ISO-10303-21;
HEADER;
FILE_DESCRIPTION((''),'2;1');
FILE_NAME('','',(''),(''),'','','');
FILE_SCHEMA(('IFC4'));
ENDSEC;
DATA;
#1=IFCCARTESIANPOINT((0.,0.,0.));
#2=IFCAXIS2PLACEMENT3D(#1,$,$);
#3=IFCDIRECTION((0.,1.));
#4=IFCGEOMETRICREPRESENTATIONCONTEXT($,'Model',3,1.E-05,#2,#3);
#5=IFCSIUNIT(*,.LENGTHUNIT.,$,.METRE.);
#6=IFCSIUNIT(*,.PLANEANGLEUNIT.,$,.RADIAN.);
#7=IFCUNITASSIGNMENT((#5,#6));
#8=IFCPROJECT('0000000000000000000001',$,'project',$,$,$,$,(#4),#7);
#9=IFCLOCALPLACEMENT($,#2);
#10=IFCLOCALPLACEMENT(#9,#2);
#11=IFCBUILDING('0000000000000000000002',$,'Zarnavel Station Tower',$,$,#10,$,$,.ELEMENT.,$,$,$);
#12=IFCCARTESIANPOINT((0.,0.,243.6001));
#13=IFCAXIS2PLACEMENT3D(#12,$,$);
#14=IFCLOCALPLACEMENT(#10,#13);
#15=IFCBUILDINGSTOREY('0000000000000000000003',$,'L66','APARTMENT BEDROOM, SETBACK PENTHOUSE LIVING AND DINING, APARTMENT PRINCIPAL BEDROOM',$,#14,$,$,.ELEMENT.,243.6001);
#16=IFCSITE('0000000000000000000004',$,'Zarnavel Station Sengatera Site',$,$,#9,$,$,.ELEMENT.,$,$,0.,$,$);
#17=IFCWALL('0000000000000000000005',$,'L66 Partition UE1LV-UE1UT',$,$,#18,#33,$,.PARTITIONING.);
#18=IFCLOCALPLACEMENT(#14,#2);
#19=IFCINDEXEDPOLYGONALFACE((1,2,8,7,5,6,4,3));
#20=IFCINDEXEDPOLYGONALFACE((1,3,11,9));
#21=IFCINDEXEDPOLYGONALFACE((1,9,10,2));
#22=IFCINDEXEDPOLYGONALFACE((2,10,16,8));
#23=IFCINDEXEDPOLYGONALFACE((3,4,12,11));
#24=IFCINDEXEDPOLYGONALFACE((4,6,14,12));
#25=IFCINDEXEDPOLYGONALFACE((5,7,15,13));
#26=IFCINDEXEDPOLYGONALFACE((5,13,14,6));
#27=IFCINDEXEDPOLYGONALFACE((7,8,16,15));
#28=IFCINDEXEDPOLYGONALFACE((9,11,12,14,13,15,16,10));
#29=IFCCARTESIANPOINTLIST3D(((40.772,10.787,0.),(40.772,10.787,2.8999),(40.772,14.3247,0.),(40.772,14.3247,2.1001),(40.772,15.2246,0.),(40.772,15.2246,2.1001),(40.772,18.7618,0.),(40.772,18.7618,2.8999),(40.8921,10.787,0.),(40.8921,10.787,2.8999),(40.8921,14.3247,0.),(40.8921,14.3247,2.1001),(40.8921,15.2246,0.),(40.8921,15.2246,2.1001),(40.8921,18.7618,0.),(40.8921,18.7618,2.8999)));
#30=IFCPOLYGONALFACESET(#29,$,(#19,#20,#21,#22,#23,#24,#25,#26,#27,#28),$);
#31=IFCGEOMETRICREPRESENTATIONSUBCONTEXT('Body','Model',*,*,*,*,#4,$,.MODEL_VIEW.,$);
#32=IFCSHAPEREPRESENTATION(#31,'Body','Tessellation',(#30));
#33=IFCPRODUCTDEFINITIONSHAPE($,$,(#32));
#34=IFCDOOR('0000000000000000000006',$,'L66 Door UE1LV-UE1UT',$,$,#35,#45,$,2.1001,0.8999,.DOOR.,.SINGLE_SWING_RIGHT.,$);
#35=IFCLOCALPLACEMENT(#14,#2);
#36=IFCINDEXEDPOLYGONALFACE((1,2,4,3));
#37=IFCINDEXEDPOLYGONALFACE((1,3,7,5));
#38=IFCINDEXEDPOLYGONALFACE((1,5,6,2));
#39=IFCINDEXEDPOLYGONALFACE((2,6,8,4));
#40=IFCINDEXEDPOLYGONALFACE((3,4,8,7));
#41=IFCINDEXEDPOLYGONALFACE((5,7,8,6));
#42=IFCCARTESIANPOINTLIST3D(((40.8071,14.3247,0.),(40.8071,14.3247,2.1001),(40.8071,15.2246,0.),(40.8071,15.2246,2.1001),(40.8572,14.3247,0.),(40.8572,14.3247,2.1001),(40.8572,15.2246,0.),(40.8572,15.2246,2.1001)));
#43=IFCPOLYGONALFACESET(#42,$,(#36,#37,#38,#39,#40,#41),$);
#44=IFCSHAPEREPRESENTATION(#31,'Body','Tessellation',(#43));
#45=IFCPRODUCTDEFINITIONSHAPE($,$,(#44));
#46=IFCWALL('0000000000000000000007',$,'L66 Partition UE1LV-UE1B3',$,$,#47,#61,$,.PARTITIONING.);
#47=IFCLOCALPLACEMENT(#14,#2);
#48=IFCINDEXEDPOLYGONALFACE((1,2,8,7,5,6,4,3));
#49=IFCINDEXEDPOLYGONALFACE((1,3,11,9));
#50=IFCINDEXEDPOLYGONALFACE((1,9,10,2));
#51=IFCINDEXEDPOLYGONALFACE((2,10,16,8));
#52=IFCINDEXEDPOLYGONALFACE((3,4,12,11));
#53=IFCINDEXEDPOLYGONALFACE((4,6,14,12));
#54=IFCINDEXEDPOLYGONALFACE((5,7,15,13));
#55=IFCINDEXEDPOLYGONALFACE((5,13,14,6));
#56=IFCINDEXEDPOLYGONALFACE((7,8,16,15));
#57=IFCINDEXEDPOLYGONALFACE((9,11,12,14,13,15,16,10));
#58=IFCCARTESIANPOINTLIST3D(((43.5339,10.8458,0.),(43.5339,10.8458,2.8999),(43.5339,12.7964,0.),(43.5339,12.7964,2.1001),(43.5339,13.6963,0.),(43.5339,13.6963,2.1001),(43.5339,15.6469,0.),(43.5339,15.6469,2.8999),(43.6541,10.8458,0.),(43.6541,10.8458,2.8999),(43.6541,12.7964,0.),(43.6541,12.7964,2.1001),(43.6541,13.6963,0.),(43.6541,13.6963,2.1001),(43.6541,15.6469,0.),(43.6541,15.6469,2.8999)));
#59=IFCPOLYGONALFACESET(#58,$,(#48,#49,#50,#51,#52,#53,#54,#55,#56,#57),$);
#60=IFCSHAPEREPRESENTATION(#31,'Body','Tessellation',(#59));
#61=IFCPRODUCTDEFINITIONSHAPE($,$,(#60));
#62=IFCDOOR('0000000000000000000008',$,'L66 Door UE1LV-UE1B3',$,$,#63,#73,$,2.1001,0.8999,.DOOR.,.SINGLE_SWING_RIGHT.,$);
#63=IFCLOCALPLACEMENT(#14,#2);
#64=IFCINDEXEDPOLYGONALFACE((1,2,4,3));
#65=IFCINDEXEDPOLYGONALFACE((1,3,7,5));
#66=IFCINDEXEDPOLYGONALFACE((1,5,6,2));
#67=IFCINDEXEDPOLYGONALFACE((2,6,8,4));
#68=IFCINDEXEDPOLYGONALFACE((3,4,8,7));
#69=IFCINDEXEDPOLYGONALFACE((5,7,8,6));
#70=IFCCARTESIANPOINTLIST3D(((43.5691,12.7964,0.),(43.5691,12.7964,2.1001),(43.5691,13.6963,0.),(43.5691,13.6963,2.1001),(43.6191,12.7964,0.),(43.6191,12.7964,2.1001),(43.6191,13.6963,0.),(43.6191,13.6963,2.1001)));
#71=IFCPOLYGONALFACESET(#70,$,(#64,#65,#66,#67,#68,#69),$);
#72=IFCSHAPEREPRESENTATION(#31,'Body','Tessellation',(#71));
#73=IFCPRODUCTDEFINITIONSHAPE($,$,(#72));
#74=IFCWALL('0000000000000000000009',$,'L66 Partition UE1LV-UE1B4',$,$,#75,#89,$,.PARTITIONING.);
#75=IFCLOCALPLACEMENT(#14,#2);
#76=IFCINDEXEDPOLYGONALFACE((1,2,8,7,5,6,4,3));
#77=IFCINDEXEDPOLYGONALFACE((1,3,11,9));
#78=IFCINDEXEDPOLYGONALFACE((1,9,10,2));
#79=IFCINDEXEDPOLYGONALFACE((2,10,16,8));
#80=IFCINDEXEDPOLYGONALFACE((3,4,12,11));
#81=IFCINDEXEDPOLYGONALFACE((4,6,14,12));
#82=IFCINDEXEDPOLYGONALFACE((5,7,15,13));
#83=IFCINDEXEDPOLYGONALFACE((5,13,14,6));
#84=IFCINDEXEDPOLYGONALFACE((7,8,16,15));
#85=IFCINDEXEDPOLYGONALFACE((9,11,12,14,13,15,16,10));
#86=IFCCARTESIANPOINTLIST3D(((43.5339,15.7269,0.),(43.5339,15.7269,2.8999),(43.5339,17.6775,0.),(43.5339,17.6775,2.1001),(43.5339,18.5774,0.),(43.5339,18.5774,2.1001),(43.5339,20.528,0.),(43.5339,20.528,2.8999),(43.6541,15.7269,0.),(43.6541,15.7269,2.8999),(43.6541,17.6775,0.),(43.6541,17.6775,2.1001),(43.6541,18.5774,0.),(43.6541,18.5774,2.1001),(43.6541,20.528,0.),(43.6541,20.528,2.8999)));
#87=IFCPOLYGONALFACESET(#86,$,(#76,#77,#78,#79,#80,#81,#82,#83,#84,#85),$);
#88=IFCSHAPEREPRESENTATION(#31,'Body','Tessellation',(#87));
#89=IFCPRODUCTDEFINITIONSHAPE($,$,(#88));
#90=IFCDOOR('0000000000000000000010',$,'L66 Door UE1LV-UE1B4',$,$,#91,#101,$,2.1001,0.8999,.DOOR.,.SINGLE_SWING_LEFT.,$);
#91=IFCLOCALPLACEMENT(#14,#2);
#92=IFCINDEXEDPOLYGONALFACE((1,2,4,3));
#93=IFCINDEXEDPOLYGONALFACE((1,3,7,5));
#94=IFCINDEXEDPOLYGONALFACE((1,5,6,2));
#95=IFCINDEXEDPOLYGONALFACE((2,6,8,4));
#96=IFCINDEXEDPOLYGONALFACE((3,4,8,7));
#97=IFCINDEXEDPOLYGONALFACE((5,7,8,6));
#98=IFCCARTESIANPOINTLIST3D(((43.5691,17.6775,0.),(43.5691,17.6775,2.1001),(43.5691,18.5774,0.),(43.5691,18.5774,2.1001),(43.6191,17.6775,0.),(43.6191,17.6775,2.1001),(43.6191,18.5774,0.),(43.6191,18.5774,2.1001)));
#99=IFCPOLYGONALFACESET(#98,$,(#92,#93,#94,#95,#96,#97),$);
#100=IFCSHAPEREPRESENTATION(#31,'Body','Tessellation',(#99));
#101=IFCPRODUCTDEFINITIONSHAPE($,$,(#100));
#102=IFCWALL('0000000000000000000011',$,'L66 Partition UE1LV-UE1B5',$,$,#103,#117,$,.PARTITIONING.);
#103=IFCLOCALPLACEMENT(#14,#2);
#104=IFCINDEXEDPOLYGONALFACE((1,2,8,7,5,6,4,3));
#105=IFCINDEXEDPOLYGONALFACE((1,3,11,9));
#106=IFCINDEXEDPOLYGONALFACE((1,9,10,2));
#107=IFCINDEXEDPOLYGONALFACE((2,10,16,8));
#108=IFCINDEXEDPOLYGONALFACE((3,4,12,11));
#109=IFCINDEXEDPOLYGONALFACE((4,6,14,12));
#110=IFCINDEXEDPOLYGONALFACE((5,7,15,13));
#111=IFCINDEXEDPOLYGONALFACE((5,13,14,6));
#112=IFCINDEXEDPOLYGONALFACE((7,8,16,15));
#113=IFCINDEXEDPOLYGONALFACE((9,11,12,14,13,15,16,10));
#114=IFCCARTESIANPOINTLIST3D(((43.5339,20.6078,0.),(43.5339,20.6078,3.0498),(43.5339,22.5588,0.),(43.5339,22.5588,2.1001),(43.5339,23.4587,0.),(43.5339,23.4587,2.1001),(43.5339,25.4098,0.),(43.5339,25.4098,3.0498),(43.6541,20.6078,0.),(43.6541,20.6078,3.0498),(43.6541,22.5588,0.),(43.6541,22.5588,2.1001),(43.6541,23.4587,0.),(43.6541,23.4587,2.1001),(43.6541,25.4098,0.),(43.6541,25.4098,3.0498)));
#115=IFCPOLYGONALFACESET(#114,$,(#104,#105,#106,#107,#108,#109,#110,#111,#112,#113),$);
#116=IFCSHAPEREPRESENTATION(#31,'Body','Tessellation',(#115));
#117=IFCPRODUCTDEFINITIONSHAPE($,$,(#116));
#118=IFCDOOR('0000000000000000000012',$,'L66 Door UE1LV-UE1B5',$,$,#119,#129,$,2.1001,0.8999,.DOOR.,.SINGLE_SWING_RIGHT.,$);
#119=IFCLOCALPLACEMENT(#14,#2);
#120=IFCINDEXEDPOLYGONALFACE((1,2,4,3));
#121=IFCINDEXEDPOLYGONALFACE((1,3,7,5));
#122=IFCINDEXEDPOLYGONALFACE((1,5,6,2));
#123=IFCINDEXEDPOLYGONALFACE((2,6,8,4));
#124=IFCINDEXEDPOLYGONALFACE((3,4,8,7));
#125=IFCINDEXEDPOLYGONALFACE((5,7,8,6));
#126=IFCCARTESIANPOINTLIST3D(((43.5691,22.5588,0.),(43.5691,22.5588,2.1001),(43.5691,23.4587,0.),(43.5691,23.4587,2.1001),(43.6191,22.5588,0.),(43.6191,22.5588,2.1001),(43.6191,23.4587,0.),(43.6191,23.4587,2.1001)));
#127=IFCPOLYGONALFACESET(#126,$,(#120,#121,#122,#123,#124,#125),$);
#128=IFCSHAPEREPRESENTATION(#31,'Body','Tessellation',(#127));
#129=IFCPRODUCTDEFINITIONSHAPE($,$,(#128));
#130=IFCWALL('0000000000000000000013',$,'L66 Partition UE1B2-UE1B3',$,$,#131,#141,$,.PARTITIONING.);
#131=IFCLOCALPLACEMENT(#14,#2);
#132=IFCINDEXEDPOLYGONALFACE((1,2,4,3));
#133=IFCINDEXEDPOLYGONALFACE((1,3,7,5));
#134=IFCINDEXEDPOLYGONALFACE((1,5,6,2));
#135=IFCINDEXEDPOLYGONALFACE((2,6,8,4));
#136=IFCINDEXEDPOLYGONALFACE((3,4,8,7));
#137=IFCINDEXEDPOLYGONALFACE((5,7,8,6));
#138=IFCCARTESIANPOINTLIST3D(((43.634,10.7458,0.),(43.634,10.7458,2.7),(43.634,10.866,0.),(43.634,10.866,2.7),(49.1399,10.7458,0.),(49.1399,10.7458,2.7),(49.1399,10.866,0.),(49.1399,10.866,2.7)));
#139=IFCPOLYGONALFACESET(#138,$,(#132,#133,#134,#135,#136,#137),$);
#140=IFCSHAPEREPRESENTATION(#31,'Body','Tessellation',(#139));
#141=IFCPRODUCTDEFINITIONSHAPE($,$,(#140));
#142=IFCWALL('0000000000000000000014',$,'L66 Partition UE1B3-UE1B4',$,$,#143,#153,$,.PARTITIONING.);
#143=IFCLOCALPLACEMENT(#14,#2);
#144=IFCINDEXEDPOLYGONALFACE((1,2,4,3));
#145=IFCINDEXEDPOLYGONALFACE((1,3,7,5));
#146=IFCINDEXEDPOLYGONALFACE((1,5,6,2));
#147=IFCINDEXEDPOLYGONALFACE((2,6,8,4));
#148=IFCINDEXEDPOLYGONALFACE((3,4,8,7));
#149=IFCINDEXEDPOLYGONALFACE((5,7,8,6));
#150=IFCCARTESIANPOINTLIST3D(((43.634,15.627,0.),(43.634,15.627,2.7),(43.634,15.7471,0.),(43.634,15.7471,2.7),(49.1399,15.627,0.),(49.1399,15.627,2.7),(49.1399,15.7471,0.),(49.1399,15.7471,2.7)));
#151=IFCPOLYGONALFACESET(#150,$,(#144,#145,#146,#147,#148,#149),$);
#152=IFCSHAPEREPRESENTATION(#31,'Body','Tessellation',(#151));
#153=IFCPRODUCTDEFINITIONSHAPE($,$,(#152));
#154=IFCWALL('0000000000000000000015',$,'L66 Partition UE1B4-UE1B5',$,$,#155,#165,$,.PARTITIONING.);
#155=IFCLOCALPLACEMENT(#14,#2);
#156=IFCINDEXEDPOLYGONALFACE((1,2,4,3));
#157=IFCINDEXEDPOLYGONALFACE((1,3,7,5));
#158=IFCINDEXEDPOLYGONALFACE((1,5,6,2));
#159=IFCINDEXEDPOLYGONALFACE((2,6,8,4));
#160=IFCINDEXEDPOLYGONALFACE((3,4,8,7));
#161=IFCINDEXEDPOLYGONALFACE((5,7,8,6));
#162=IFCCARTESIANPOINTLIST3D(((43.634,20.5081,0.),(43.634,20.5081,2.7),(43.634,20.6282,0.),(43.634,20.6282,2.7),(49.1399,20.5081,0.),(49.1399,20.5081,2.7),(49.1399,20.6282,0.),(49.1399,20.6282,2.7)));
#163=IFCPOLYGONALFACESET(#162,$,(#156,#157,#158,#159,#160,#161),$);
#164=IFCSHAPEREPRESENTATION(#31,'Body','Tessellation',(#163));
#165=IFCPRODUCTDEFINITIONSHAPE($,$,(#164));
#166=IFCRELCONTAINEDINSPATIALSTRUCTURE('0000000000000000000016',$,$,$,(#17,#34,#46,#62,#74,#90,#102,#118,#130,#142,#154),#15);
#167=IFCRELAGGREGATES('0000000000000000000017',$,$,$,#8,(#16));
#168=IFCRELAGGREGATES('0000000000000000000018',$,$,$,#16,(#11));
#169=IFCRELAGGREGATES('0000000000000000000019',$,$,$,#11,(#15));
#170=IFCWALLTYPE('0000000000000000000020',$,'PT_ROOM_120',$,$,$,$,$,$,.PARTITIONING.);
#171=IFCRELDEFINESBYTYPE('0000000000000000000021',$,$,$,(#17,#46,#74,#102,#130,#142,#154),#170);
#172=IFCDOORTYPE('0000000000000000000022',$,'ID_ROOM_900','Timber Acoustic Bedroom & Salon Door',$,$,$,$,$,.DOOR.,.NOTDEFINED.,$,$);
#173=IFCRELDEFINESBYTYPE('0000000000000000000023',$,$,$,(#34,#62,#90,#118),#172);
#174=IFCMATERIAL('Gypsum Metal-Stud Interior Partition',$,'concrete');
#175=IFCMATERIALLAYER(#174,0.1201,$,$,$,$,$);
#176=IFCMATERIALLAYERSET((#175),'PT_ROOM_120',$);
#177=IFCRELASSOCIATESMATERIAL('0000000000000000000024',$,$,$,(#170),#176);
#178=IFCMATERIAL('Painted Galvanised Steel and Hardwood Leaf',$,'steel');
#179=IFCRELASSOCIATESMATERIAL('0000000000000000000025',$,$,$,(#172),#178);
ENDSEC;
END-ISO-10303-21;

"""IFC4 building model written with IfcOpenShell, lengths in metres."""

from ifc_helpers import new_model, si_unit, direction, frame, frame_2d, origin, place, context, subcontext, project, spatial, rectangle, extrude, material, layer, layer_set, type_object, element, fill, save


model = new_model("IFC4")

# Units and contexts
model_context = context("Model", 3, precision=1e-05, world=origin(), true_north=direction((0.0, 1.0)))
body_context = subcontext(model_context, "Body", "Model", "MODEL_VIEW")
ifc_project = project(units=[si_unit("LENGTHUNIT", "METRE"), si_unit("PLANEANGLEUNIT", "RADIAN")], contexts=[model_context])

# Site, building, storey
site_placement = place(None, origin())
site = spatial("IfcSite", under=ifc_project, at=site_placement, Name="Zarnavel Station Sengatera Site", CompositionType="ELEMENT", RefElevation=0.0)
building_placement = place(site_placement, origin())
building = spatial("IfcBuilding", under=site, at=building_placement, Name="Zarnavel Station Tower", CompositionType="ELEMENT")
storey_placement = place(building_placement, frame((0.0, 0.0, 243.6001)))
storey = spatial("IfcBuildingStorey", under=building, at=storey_placement, Name="L66", Description="APARTMENT BEDROOM, SETBACK PENTHOUSE LIVING AND DINING, APARTMENT PRINCIPAL BEDROOM", CompositionType="ELEMENT", Elevation=243.6001)

# Walls, openings, doors
ifc_material_1 = material(Name="Gypsum Metal-Stud Interior Partition", Category="concrete")
ifc_layer_1 = layer(ifc_material_1, 0.1201)
ifc_layer_set_1 = layer_set([ifc_layer_1], Name="PT_ROOM_120")
wall_type_1 = type_object("IfcWallType", Name="PT_ROOM_120", PredefinedType="PARTITIONING", material=ifc_layer_set_1)
wall_1_placement = place(storey_placement, frame((40.832, 10.7871, 0.0), z_axis=(0.0, 0.0, 1.0), x_axis=(0.0, 1.0, 0.0)))
wall_1 = element("IfcWall", 1, at=wall_1_placement, inside=storey, type_object=wall_type_1, Name="L66 Partition UE1LV-UE1UT", PredefinedType="PARTITIONING", context=body_context, shape_type="SweptSolid", body=[
    extrude(rectangle(XDim=7.9749, YDim=0.1201, at=frame_2d((3.9873, 0.0))), origin(), (0.0, 0.0, 1.0), 2.8999),
])
opening_1_placement = place(wall_1_placement, frame((3.5376, 0.0, 0.0)))
opening_1 = element("IfcOpeningElement", 2, at=opening_1_placement, cuts=wall_1, PredefinedType="OPENING", context=body_context, shape_type="SweptSolid", body=[
    extrude(rectangle(XDim=0.8999, YDim=2.1001, at=frame_2d((0.45, 1.05))), frame((0.0, 0.0701, 0.0), z_axis=(0.0, -1.0, 0.0), x_axis=(1.0, 0.0, 0.0)), (0.0, 0.0, 1.0), 0.1401),
])
ifc_material_2 = material(Name="Painted Galvanised Steel and Hardwood Leaf", Category="steel")
door_type_1 = type_object("IfcDoorType", Name="ID_ROOM_900", Description="Timber Acoustic Bedroom & Salon Door", OperationType="NOTDEFINED", PredefinedType="DOOR", material=ifc_material_2)
door_1_placement = place(opening_1_placement, origin())
door_1 = element("IfcDoor", 3, at=door_1_placement, inside=storey, type_object=door_type_1, Name="L66 Door UE1LV-UE1UT", OperationType="SINGLE_SWING_RIGHT", OverallHeight=2.1001, OverallWidth=0.8999, PredefinedType="DOOR", context=body_context, shape_type="SweptSolid", body=[
    extrude(rectangle(XDim=0.8999, YDim=2.1001, at=frame_2d((0.45, 1.05))), frame((0.0, 0.0249, 0.0), z_axis=(0.0, -1.0, 0.0), x_axis=(1.0, 0.0, 0.0)), (0.0, 0.0, 1.0), 0.05),
])
fill(opening_1, door_1)
wall_2_placement = place(storey_placement, frame((43.594, 10.8459, 0.0), z_axis=(0.0, 0.0, 1.0), x_axis=(0.0, 1.0, 0.0)))
wall_2 = element("IfcWall", 4, at=wall_2_placement, inside=storey, type_object=wall_type_1, Name="L66 Partition UE1LV-UE1B3", PredefinedType="PARTITIONING", context=body_context, shape_type="SweptSolid", body=[
    extrude(rectangle(XDim=4.801, YDim=0.1201, at=frame_2d((2.4004, 0.0))), origin(), (0.0, 0.0, 1.0), 2.8999),
])
opening_2_placement = place(wall_2_placement, frame((1.9504, 0.0, 0.0)))
opening_2 = element("IfcOpeningElement", 5, at=opening_2_placement, cuts=wall_2, PredefinedType="OPENING", context=body_context, shape_type="SweptSolid", body=[
    extrude(rectangle(XDim=0.8999, YDim=2.1001, at=frame_2d((0.45, 1.05))), frame((0.0, 0.0701, 0.0), z_axis=(0.0, -1.0, 0.0), x_axis=(1.0, 0.0, 0.0)), (0.0, 0.0, 1.0), 0.1401),
])
door_2_placement = place(opening_2_placement, origin())
door_2 = element("IfcDoor", 6, at=door_2_placement, inside=storey, type_object=door_type_1, Name="L66 Door UE1LV-UE1B3", OperationType="SINGLE_SWING_RIGHT", OverallHeight=2.1001, OverallWidth=0.8999, PredefinedType="DOOR", context=body_context, shape_type="SweptSolid", body=[
    extrude(rectangle(XDim=0.8999, YDim=2.1001, at=frame_2d((0.45, 1.05))), frame((0.0, 0.0249, 0.0), z_axis=(0.0, -1.0, 0.0), x_axis=(1.0, 0.0, 0.0)), (0.0, 0.0, 1.0), 0.05),
])
fill(opening_2, door_2)
wall_3_placement = place(storey_placement, frame((43.594, 15.7271, 0.0), z_axis=(0.0, 0.0, 1.0), x_axis=(0.0, 1.0, 0.0)))
wall_3 = element("IfcWall", 7, at=wall_3_placement, inside=storey, type_object=wall_type_1, Name="L66 Partition UE1LV-UE1B4", PredefinedType="PARTITIONING", context=body_context, shape_type="SweptSolid", body=[
    extrude(rectangle(XDim=4.801, YDim=0.1201, at=frame_2d((2.4004, 0.0))), origin(), (0.0, 0.0, 1.0), 2.8999),
])
opening_3_placement = place(wall_3_placement, frame((1.9504, 0.0, 0.0)))
opening_3 = element("IfcOpeningElement", 8, at=opening_3_placement, cuts=wall_3, PredefinedType="OPENING", context=body_context, shape_type="SweptSolid", body=[
    extrude(rectangle(XDim=0.8999, YDim=2.1001, at=frame_2d((0.45, 1.05))), frame((0.0, 0.0701, 0.0), z_axis=(0.0, -1.0, 0.0), x_axis=(1.0, 0.0, 0.0)), (0.0, 0.0, 1.0), 0.1401),
])
door_3_placement = place(opening_3_placement, origin())
door_3 = element("IfcDoor", 9, at=door_3_placement, inside=storey, type_object=door_type_1, Name="L66 Door UE1LV-UE1B4", OperationType="SINGLE_SWING_LEFT", OverallHeight=2.1001, OverallWidth=0.8999, PredefinedType="DOOR", context=body_context, shape_type="SweptSolid", body=[
    extrude(rectangle(XDim=0.8999, YDim=2.1001, at=frame_2d((0.45, 1.05))), frame((0.0, 0.0249, 0.0), z_axis=(0.0, -1.0, 0.0), x_axis=(1.0, 0.0, 0.0)), (0.0, 0.0, 1.0), 0.05),
])
fill(opening_3, door_3)
wall_4_placement = place(storey_placement, frame((43.594, 20.6079, 0.0), z_axis=(0.0, 0.0, 1.0), x_axis=(0.0, 1.0, 0.0)))
wall_4 = element("IfcWall", 10, at=wall_4_placement, inside=storey, type_object=wall_type_1, Name="L66 Partition UE1LV-UE1B5", PredefinedType="PARTITIONING", context=body_context, shape_type="SweptSolid", body=[
    extrude(rectangle(XDim=4.802, YDim=0.1201, at=frame_2d((2.4009, 0.0))), origin(), (0.0, 0.0, 1.0), 3.0498),
])
opening_4_placement = place(wall_4_placement, frame((1.9509, 0.0, 0.0)))
opening_4 = element("IfcOpeningElement", 11, at=opening_4_placement, cuts=wall_4, PredefinedType="OPENING", context=body_context, shape_type="SweptSolid", body=[
    extrude(rectangle(XDim=0.8999, YDim=2.1001, at=frame_2d((0.45, 1.05))), frame((0.0, 0.0701, 0.0), z_axis=(0.0, -1.0, 0.0), x_axis=(1.0, 0.0, 0.0)), (0.0, 0.0, 1.0), 0.1401),
])
door_4_placement = place(opening_4_placement, origin())
door_4 = element("IfcDoor", 12, at=door_4_placement, inside=storey, type_object=door_type_1, Name="L66 Door UE1LV-UE1B5", OperationType="SINGLE_SWING_RIGHT", OverallHeight=2.1001, OverallWidth=0.8999, PredefinedType="DOOR", context=body_context, shape_type="SweptSolid", body=[
    extrude(rectangle(XDim=0.8999, YDim=2.1001, at=frame_2d((0.45, 1.05))), frame((0.0, 0.0249, 0.0), z_axis=(0.0, -1.0, 0.0), x_axis=(1.0, 0.0, 0.0)), (0.0, 0.0, 1.0), 0.05),
])
fill(opening_4, door_4)

# Walls
for number, where, z_axis, x_axis, name in (
    (13, (43.634, 10.8059, 0.0), (0.0, 0.0, 1.0), (1.0, 0.0, 0.0), "L66 Partition UE1B2-UE1B3"),
    (14, (43.634, 15.687, 0.0), (0.0, 0.0, 1.0), (1.0, 0.0, 0.0), "L66 Partition UE1B3-UE1B4"),
    (15, (43.634, 20.5681, 0.0), (0.0, 0.0, 1.0), (1.0, 0.0, 0.0), "L66 Partition UE1B4-UE1B5"),
):
    element("IfcWall", number, at=place(storey_placement, frame(where, z_axis=z_axis, x_axis=x_axis)), inside=storey, type_object=wall_type_1, Name=name, PredefinedType="PARTITIONING", context=body_context, shape_type="SweptSolid", body=[
        extrude(rectangle(XDim=5.5059, YDim=0.1201, at=frame_2d((2.7529, 0.0))), origin(), (0.0, 0.0, 1.0), 2.7),
    ])

save(model, "model.ifc")
